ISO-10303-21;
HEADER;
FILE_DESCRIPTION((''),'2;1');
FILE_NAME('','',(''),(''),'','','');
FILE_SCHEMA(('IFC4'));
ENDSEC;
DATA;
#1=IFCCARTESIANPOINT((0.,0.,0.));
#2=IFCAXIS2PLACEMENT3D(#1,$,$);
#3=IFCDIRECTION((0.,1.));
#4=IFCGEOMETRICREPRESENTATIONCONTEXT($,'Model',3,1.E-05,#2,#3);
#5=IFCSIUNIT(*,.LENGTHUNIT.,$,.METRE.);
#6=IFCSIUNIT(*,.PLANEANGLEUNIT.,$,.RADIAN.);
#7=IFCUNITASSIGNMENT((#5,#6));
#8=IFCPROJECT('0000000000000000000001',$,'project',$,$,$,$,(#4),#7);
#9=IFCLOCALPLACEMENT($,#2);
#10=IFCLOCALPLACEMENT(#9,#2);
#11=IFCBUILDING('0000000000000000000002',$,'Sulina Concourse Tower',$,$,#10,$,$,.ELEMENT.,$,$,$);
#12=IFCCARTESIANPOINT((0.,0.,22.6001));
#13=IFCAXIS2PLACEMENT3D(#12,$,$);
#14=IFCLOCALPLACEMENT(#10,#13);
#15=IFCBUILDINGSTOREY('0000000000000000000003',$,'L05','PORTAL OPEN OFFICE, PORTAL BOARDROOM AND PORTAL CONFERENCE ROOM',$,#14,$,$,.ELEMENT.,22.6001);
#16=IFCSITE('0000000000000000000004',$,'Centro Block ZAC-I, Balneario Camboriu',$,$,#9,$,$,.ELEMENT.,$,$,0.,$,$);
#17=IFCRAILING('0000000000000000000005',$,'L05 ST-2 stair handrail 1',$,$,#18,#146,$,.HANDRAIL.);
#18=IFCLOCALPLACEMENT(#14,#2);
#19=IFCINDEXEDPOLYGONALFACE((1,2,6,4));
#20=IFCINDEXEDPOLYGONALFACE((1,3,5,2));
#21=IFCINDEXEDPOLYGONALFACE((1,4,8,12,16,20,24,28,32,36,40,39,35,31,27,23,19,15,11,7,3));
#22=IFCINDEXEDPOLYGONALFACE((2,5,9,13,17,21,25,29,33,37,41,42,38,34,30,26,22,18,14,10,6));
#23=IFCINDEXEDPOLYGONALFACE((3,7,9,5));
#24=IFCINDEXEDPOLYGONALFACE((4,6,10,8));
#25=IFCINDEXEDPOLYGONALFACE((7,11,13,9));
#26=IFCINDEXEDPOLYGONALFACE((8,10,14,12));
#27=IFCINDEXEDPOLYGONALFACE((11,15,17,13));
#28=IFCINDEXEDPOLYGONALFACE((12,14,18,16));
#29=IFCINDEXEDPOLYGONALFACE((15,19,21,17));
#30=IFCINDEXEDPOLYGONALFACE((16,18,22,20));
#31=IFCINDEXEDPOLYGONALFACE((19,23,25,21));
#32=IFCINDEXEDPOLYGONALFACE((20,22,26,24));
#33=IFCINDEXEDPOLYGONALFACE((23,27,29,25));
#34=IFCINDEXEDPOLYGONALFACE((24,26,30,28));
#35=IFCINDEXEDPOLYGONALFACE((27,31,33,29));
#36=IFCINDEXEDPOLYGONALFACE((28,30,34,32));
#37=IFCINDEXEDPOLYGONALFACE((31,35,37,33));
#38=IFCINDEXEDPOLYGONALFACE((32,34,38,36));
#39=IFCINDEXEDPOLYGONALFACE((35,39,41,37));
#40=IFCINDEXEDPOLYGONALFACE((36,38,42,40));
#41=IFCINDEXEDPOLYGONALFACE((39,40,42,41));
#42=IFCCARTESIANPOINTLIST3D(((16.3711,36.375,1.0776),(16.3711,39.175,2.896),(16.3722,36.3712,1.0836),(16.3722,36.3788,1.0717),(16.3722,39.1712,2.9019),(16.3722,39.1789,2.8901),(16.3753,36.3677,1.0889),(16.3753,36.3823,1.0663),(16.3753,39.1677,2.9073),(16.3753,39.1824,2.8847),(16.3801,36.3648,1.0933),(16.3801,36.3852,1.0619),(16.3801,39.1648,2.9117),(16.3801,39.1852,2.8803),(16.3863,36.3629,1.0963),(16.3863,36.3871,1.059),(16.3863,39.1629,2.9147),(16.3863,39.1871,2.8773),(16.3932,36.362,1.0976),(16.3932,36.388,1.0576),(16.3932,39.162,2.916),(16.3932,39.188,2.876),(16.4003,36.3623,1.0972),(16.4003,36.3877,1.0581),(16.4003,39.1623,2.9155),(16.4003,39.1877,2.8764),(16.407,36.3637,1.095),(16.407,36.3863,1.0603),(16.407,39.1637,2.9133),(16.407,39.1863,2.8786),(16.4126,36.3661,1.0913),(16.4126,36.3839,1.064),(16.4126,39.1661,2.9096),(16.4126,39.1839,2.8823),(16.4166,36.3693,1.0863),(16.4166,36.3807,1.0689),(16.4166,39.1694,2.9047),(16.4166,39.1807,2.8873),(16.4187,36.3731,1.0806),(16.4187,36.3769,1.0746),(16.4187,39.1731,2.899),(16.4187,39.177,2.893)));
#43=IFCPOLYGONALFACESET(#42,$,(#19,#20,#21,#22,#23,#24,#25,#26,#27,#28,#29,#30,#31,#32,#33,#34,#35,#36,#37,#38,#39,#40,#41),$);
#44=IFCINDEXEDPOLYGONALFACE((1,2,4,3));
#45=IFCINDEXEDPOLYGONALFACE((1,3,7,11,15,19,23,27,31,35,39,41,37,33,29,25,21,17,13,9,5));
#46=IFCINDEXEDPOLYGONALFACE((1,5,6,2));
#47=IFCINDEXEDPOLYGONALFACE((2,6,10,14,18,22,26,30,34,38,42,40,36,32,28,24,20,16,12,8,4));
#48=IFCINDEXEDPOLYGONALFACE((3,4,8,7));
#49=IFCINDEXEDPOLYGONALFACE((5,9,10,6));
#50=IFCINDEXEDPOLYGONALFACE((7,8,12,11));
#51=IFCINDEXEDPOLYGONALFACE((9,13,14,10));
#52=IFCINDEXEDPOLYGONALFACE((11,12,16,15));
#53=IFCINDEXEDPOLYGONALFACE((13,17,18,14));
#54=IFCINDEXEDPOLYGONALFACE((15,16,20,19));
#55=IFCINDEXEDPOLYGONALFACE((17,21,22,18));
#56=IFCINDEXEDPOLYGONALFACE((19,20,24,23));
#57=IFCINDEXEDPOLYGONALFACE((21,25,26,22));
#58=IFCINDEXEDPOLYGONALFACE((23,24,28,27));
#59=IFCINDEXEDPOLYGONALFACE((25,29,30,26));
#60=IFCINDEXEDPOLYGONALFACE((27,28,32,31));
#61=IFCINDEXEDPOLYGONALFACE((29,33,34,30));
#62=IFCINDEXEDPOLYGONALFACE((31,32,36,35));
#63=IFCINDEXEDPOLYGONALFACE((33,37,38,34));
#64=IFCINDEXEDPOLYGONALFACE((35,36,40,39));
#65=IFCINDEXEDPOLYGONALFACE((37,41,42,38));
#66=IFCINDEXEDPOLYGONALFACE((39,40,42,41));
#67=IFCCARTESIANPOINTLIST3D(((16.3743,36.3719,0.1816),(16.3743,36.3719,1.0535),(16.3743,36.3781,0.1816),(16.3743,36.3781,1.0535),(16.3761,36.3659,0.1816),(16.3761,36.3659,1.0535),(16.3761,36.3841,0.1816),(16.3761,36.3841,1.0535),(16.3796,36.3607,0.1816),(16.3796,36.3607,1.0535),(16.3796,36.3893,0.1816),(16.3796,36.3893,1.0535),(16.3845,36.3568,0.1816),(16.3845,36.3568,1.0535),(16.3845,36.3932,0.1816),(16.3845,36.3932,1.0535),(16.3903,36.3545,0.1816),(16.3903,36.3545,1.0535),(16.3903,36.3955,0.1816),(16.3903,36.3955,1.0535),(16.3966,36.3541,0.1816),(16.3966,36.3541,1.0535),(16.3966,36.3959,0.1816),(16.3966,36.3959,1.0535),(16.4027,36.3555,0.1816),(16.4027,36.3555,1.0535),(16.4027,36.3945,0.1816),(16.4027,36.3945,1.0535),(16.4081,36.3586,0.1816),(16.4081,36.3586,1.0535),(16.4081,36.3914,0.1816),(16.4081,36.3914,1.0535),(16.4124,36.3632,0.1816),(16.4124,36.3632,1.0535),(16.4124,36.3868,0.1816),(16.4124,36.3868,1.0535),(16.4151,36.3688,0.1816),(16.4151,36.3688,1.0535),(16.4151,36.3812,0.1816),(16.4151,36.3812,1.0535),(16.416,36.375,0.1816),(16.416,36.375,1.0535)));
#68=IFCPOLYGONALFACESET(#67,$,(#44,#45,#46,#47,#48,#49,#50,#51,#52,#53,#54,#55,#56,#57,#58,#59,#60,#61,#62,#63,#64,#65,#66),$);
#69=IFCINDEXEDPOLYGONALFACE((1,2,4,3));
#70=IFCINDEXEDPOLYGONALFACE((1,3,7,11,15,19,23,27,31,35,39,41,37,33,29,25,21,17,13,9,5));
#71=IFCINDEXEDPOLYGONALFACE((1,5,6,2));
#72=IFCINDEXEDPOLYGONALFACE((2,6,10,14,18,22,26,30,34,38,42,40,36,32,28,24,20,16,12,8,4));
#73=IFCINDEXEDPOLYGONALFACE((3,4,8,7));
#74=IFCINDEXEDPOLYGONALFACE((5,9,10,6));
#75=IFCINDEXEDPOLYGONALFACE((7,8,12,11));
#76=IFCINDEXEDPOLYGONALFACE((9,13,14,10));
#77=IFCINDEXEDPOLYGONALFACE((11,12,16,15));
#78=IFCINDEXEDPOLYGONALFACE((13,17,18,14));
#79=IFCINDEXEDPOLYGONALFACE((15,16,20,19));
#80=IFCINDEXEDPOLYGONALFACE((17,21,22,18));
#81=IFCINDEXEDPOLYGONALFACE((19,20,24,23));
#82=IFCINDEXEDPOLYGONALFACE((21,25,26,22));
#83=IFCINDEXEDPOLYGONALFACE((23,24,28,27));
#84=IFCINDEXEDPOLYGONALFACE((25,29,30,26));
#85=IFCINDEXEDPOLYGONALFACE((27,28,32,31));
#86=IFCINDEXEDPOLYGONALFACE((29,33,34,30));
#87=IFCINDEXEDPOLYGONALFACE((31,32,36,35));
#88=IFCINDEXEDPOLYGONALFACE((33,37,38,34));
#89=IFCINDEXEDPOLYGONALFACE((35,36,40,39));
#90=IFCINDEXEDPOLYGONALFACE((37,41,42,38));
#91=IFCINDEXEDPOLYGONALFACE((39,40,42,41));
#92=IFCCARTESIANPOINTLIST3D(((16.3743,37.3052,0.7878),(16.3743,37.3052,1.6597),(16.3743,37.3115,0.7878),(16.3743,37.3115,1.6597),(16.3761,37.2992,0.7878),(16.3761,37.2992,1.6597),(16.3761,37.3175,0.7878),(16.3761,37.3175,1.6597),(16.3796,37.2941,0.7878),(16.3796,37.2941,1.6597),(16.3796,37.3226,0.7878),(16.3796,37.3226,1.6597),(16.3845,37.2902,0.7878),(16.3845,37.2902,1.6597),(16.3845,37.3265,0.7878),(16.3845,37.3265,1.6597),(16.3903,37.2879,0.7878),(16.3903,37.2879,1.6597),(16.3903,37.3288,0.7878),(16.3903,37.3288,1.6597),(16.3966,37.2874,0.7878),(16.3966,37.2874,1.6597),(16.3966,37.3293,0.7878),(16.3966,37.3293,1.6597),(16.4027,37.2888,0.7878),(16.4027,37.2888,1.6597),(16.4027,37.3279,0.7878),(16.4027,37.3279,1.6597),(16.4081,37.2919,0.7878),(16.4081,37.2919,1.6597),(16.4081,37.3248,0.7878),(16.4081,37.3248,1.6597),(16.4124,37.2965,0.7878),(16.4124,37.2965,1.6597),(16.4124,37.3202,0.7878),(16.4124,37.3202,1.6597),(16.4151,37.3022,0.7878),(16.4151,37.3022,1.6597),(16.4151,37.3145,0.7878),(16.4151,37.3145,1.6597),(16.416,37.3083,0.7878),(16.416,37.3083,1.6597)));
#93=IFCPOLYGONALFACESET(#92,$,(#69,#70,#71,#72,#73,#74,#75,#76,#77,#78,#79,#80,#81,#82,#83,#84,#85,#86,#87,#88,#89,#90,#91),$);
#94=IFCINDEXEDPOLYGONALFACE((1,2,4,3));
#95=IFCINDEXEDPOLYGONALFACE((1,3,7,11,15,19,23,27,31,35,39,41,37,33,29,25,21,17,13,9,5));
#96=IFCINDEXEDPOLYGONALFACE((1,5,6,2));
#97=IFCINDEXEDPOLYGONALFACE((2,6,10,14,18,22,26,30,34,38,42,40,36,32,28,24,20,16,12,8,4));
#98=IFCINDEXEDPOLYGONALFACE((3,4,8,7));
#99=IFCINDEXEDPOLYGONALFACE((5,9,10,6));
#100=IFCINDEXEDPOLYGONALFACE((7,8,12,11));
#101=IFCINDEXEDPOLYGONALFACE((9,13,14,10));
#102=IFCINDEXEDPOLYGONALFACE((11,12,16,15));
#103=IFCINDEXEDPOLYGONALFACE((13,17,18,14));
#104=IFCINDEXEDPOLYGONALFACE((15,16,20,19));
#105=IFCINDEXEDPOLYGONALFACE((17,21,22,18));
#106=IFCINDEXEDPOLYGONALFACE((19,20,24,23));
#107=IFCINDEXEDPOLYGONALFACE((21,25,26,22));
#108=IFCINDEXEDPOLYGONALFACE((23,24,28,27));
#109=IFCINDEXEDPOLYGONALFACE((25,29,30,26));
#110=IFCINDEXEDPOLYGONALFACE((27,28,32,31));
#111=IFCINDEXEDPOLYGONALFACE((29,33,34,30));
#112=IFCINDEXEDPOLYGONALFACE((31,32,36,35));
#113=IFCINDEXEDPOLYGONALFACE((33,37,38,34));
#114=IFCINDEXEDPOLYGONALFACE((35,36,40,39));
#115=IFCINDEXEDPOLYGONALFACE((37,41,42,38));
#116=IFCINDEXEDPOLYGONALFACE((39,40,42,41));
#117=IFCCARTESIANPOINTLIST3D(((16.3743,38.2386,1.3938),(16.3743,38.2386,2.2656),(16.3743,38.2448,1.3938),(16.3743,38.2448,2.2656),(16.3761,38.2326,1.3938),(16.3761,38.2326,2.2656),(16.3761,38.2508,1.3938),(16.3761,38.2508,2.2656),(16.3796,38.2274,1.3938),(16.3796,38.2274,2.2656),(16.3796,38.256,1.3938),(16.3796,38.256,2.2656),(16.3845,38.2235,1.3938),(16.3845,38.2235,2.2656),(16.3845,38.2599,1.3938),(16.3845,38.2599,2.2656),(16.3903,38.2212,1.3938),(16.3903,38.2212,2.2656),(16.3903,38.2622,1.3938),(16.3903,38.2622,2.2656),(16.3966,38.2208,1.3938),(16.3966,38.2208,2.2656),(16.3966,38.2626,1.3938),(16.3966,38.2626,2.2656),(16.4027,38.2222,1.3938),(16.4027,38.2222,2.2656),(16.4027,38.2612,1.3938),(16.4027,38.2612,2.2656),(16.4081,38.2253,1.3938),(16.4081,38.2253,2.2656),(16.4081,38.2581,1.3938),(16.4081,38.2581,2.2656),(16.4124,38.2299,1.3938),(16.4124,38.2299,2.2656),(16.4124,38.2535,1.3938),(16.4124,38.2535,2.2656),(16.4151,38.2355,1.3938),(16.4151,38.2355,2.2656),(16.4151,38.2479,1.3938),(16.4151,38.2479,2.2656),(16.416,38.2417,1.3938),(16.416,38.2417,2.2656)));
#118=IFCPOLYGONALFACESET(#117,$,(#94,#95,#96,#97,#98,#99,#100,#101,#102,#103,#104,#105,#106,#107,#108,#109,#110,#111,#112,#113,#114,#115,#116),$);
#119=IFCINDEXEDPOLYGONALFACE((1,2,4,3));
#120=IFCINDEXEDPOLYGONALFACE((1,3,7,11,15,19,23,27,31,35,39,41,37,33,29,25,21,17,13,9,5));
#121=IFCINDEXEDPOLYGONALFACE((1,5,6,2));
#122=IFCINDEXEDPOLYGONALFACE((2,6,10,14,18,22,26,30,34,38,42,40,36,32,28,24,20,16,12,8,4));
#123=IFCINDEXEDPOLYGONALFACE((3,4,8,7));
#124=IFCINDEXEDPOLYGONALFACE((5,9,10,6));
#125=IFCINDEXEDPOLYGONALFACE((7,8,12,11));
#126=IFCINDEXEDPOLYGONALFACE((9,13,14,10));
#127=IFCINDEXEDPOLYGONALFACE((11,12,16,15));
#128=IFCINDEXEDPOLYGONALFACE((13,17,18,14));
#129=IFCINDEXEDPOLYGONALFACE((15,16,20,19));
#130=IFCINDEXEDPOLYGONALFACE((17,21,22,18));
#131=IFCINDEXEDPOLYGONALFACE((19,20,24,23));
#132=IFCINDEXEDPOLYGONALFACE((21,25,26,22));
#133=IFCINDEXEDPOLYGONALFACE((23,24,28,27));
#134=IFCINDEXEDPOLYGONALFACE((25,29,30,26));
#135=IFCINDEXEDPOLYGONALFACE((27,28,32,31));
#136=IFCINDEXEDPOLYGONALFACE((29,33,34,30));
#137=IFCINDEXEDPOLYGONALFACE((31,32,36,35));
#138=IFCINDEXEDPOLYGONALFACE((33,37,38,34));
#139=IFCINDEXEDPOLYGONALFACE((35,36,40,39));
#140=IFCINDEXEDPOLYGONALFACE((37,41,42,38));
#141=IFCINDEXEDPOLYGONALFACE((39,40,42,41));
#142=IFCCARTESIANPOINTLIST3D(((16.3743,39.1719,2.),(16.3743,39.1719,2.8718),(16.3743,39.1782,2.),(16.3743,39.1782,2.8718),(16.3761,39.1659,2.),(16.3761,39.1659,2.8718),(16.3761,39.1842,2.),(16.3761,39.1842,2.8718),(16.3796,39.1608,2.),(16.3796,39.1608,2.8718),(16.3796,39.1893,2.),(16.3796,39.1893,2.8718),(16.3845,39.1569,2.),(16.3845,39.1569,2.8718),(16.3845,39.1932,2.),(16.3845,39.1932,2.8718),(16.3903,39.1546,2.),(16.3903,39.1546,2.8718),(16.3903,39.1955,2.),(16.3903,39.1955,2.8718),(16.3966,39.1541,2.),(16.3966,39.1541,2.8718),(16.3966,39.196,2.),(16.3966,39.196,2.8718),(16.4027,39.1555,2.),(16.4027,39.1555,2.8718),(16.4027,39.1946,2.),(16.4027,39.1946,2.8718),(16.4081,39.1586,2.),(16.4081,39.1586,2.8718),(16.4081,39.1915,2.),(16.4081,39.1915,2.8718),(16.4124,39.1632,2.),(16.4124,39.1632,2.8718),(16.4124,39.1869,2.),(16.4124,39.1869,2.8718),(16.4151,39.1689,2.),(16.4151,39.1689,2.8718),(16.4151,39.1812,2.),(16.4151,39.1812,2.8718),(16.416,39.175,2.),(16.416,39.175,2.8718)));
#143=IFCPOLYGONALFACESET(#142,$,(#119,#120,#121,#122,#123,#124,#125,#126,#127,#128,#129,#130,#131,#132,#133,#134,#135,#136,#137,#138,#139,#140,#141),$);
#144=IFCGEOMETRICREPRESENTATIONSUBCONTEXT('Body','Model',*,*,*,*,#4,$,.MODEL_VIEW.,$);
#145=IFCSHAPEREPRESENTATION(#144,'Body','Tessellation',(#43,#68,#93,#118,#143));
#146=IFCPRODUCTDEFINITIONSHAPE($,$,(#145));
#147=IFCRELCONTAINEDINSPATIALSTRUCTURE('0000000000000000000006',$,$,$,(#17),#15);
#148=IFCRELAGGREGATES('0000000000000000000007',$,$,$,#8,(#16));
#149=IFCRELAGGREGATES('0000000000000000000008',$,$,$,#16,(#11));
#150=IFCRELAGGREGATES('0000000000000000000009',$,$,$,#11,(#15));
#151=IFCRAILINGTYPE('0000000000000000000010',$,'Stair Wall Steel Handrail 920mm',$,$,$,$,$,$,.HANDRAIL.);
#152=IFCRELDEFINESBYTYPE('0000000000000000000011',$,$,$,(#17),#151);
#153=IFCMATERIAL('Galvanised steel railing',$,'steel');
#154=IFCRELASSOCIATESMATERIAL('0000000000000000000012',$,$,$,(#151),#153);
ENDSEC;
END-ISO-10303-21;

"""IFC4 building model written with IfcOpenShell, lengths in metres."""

from ifc_helpers import new_model, si_unit, direction, frame, origin, origin_2d, place, context, subcontext, project, spatial, circle, extrude, material, type_object, element, save


model = new_model("IFC4")

# Units and contexts
model_context = context("Model", 3, precision=1e-05, world=origin(), true_north=direction((0.0, 1.0)))
body_context = subcontext(model_context, "Body", "Model", "MODEL_VIEW")
ifc_project = project(units=[si_unit("LENGTHUNIT", "METRE"), si_unit("PLANEANGLEUNIT", "RADIAN")], contexts=[model_context])

# Site, building, storey
site_placement = place(None, origin())
site = spatial("IfcSite", under=ifc_project, at=site_placement, Name="Centro Block ZAC-I, Balneario Camboriu", CompositionType="ELEMENT", RefElevation=0.0)
building_placement = place(site_placement, origin())
building = spatial("IfcBuilding", under=site, at=building_placement, Name="Sulina Concourse Tower", CompositionType="ELEMENT")
storey_placement = place(building_placement, frame((0.0, 0.0, 22.6001)))
storey = spatial("IfcBuildingStorey", under=building, at=storey_placement, Name="L05", Description="PORTAL OPEN OFFICE, PORTAL BOARDROOM AND PORTAL CONFERENCE ROOM", CompositionType="ELEMENT", Elevation=22.6001)

# Railing
ifc_material_1 = material(Name="Galvanised steel railing", Category="steel")
railing_type_1 = type_object("IfcRailingType", Name="Stair Wall Steel Handrail 920mm", PredefinedType="HANDRAIL", material=ifc_material_1)
railing_1_placement = place(storey_placement, frame((16.395, 36.375, 0.1816)))
element("IfcRailing", 1, at=railing_1_placement, inside=storey, type_object=railing_type_1, Name="L05 ST-2 stair handrail 1", PredefinedType="HANDRAIL", context=body_context, shape_type="SweptSolid", body=[
    extrude(circle(Radius=0.0239, at=origin_2d()), frame((0.0, 0.0, 0.896), z_axis=(0.0, 0.838672, 0.544636), x_axis=(-1.0, 0.0, 0.0)), (0.0, 0.0, 1.0), 3.3386),
    extrude(circle(Radius=0.021, at=origin_2d()), origin(), (0.0, 0.0, 1.0), 0.8718),
    extrude(circle(Radius=0.021, at=origin_2d()), frame((0.0, 0.9333, 0.6062)), (0.0, 0.0, 1.0), 0.8718),
    extrude(circle(Radius=0.021, at=origin_2d()), frame((0.0, 1.8667, 1.2122)), (0.0, 0.0, 1.0), 0.8718),
    extrude(circle(Radius=0.021, at=origin_2d()), frame((0.0, 2.8, 1.8184)), (0.0, 0.0, 1.0), 0.8718),
])

save(model, "model.ifc")
